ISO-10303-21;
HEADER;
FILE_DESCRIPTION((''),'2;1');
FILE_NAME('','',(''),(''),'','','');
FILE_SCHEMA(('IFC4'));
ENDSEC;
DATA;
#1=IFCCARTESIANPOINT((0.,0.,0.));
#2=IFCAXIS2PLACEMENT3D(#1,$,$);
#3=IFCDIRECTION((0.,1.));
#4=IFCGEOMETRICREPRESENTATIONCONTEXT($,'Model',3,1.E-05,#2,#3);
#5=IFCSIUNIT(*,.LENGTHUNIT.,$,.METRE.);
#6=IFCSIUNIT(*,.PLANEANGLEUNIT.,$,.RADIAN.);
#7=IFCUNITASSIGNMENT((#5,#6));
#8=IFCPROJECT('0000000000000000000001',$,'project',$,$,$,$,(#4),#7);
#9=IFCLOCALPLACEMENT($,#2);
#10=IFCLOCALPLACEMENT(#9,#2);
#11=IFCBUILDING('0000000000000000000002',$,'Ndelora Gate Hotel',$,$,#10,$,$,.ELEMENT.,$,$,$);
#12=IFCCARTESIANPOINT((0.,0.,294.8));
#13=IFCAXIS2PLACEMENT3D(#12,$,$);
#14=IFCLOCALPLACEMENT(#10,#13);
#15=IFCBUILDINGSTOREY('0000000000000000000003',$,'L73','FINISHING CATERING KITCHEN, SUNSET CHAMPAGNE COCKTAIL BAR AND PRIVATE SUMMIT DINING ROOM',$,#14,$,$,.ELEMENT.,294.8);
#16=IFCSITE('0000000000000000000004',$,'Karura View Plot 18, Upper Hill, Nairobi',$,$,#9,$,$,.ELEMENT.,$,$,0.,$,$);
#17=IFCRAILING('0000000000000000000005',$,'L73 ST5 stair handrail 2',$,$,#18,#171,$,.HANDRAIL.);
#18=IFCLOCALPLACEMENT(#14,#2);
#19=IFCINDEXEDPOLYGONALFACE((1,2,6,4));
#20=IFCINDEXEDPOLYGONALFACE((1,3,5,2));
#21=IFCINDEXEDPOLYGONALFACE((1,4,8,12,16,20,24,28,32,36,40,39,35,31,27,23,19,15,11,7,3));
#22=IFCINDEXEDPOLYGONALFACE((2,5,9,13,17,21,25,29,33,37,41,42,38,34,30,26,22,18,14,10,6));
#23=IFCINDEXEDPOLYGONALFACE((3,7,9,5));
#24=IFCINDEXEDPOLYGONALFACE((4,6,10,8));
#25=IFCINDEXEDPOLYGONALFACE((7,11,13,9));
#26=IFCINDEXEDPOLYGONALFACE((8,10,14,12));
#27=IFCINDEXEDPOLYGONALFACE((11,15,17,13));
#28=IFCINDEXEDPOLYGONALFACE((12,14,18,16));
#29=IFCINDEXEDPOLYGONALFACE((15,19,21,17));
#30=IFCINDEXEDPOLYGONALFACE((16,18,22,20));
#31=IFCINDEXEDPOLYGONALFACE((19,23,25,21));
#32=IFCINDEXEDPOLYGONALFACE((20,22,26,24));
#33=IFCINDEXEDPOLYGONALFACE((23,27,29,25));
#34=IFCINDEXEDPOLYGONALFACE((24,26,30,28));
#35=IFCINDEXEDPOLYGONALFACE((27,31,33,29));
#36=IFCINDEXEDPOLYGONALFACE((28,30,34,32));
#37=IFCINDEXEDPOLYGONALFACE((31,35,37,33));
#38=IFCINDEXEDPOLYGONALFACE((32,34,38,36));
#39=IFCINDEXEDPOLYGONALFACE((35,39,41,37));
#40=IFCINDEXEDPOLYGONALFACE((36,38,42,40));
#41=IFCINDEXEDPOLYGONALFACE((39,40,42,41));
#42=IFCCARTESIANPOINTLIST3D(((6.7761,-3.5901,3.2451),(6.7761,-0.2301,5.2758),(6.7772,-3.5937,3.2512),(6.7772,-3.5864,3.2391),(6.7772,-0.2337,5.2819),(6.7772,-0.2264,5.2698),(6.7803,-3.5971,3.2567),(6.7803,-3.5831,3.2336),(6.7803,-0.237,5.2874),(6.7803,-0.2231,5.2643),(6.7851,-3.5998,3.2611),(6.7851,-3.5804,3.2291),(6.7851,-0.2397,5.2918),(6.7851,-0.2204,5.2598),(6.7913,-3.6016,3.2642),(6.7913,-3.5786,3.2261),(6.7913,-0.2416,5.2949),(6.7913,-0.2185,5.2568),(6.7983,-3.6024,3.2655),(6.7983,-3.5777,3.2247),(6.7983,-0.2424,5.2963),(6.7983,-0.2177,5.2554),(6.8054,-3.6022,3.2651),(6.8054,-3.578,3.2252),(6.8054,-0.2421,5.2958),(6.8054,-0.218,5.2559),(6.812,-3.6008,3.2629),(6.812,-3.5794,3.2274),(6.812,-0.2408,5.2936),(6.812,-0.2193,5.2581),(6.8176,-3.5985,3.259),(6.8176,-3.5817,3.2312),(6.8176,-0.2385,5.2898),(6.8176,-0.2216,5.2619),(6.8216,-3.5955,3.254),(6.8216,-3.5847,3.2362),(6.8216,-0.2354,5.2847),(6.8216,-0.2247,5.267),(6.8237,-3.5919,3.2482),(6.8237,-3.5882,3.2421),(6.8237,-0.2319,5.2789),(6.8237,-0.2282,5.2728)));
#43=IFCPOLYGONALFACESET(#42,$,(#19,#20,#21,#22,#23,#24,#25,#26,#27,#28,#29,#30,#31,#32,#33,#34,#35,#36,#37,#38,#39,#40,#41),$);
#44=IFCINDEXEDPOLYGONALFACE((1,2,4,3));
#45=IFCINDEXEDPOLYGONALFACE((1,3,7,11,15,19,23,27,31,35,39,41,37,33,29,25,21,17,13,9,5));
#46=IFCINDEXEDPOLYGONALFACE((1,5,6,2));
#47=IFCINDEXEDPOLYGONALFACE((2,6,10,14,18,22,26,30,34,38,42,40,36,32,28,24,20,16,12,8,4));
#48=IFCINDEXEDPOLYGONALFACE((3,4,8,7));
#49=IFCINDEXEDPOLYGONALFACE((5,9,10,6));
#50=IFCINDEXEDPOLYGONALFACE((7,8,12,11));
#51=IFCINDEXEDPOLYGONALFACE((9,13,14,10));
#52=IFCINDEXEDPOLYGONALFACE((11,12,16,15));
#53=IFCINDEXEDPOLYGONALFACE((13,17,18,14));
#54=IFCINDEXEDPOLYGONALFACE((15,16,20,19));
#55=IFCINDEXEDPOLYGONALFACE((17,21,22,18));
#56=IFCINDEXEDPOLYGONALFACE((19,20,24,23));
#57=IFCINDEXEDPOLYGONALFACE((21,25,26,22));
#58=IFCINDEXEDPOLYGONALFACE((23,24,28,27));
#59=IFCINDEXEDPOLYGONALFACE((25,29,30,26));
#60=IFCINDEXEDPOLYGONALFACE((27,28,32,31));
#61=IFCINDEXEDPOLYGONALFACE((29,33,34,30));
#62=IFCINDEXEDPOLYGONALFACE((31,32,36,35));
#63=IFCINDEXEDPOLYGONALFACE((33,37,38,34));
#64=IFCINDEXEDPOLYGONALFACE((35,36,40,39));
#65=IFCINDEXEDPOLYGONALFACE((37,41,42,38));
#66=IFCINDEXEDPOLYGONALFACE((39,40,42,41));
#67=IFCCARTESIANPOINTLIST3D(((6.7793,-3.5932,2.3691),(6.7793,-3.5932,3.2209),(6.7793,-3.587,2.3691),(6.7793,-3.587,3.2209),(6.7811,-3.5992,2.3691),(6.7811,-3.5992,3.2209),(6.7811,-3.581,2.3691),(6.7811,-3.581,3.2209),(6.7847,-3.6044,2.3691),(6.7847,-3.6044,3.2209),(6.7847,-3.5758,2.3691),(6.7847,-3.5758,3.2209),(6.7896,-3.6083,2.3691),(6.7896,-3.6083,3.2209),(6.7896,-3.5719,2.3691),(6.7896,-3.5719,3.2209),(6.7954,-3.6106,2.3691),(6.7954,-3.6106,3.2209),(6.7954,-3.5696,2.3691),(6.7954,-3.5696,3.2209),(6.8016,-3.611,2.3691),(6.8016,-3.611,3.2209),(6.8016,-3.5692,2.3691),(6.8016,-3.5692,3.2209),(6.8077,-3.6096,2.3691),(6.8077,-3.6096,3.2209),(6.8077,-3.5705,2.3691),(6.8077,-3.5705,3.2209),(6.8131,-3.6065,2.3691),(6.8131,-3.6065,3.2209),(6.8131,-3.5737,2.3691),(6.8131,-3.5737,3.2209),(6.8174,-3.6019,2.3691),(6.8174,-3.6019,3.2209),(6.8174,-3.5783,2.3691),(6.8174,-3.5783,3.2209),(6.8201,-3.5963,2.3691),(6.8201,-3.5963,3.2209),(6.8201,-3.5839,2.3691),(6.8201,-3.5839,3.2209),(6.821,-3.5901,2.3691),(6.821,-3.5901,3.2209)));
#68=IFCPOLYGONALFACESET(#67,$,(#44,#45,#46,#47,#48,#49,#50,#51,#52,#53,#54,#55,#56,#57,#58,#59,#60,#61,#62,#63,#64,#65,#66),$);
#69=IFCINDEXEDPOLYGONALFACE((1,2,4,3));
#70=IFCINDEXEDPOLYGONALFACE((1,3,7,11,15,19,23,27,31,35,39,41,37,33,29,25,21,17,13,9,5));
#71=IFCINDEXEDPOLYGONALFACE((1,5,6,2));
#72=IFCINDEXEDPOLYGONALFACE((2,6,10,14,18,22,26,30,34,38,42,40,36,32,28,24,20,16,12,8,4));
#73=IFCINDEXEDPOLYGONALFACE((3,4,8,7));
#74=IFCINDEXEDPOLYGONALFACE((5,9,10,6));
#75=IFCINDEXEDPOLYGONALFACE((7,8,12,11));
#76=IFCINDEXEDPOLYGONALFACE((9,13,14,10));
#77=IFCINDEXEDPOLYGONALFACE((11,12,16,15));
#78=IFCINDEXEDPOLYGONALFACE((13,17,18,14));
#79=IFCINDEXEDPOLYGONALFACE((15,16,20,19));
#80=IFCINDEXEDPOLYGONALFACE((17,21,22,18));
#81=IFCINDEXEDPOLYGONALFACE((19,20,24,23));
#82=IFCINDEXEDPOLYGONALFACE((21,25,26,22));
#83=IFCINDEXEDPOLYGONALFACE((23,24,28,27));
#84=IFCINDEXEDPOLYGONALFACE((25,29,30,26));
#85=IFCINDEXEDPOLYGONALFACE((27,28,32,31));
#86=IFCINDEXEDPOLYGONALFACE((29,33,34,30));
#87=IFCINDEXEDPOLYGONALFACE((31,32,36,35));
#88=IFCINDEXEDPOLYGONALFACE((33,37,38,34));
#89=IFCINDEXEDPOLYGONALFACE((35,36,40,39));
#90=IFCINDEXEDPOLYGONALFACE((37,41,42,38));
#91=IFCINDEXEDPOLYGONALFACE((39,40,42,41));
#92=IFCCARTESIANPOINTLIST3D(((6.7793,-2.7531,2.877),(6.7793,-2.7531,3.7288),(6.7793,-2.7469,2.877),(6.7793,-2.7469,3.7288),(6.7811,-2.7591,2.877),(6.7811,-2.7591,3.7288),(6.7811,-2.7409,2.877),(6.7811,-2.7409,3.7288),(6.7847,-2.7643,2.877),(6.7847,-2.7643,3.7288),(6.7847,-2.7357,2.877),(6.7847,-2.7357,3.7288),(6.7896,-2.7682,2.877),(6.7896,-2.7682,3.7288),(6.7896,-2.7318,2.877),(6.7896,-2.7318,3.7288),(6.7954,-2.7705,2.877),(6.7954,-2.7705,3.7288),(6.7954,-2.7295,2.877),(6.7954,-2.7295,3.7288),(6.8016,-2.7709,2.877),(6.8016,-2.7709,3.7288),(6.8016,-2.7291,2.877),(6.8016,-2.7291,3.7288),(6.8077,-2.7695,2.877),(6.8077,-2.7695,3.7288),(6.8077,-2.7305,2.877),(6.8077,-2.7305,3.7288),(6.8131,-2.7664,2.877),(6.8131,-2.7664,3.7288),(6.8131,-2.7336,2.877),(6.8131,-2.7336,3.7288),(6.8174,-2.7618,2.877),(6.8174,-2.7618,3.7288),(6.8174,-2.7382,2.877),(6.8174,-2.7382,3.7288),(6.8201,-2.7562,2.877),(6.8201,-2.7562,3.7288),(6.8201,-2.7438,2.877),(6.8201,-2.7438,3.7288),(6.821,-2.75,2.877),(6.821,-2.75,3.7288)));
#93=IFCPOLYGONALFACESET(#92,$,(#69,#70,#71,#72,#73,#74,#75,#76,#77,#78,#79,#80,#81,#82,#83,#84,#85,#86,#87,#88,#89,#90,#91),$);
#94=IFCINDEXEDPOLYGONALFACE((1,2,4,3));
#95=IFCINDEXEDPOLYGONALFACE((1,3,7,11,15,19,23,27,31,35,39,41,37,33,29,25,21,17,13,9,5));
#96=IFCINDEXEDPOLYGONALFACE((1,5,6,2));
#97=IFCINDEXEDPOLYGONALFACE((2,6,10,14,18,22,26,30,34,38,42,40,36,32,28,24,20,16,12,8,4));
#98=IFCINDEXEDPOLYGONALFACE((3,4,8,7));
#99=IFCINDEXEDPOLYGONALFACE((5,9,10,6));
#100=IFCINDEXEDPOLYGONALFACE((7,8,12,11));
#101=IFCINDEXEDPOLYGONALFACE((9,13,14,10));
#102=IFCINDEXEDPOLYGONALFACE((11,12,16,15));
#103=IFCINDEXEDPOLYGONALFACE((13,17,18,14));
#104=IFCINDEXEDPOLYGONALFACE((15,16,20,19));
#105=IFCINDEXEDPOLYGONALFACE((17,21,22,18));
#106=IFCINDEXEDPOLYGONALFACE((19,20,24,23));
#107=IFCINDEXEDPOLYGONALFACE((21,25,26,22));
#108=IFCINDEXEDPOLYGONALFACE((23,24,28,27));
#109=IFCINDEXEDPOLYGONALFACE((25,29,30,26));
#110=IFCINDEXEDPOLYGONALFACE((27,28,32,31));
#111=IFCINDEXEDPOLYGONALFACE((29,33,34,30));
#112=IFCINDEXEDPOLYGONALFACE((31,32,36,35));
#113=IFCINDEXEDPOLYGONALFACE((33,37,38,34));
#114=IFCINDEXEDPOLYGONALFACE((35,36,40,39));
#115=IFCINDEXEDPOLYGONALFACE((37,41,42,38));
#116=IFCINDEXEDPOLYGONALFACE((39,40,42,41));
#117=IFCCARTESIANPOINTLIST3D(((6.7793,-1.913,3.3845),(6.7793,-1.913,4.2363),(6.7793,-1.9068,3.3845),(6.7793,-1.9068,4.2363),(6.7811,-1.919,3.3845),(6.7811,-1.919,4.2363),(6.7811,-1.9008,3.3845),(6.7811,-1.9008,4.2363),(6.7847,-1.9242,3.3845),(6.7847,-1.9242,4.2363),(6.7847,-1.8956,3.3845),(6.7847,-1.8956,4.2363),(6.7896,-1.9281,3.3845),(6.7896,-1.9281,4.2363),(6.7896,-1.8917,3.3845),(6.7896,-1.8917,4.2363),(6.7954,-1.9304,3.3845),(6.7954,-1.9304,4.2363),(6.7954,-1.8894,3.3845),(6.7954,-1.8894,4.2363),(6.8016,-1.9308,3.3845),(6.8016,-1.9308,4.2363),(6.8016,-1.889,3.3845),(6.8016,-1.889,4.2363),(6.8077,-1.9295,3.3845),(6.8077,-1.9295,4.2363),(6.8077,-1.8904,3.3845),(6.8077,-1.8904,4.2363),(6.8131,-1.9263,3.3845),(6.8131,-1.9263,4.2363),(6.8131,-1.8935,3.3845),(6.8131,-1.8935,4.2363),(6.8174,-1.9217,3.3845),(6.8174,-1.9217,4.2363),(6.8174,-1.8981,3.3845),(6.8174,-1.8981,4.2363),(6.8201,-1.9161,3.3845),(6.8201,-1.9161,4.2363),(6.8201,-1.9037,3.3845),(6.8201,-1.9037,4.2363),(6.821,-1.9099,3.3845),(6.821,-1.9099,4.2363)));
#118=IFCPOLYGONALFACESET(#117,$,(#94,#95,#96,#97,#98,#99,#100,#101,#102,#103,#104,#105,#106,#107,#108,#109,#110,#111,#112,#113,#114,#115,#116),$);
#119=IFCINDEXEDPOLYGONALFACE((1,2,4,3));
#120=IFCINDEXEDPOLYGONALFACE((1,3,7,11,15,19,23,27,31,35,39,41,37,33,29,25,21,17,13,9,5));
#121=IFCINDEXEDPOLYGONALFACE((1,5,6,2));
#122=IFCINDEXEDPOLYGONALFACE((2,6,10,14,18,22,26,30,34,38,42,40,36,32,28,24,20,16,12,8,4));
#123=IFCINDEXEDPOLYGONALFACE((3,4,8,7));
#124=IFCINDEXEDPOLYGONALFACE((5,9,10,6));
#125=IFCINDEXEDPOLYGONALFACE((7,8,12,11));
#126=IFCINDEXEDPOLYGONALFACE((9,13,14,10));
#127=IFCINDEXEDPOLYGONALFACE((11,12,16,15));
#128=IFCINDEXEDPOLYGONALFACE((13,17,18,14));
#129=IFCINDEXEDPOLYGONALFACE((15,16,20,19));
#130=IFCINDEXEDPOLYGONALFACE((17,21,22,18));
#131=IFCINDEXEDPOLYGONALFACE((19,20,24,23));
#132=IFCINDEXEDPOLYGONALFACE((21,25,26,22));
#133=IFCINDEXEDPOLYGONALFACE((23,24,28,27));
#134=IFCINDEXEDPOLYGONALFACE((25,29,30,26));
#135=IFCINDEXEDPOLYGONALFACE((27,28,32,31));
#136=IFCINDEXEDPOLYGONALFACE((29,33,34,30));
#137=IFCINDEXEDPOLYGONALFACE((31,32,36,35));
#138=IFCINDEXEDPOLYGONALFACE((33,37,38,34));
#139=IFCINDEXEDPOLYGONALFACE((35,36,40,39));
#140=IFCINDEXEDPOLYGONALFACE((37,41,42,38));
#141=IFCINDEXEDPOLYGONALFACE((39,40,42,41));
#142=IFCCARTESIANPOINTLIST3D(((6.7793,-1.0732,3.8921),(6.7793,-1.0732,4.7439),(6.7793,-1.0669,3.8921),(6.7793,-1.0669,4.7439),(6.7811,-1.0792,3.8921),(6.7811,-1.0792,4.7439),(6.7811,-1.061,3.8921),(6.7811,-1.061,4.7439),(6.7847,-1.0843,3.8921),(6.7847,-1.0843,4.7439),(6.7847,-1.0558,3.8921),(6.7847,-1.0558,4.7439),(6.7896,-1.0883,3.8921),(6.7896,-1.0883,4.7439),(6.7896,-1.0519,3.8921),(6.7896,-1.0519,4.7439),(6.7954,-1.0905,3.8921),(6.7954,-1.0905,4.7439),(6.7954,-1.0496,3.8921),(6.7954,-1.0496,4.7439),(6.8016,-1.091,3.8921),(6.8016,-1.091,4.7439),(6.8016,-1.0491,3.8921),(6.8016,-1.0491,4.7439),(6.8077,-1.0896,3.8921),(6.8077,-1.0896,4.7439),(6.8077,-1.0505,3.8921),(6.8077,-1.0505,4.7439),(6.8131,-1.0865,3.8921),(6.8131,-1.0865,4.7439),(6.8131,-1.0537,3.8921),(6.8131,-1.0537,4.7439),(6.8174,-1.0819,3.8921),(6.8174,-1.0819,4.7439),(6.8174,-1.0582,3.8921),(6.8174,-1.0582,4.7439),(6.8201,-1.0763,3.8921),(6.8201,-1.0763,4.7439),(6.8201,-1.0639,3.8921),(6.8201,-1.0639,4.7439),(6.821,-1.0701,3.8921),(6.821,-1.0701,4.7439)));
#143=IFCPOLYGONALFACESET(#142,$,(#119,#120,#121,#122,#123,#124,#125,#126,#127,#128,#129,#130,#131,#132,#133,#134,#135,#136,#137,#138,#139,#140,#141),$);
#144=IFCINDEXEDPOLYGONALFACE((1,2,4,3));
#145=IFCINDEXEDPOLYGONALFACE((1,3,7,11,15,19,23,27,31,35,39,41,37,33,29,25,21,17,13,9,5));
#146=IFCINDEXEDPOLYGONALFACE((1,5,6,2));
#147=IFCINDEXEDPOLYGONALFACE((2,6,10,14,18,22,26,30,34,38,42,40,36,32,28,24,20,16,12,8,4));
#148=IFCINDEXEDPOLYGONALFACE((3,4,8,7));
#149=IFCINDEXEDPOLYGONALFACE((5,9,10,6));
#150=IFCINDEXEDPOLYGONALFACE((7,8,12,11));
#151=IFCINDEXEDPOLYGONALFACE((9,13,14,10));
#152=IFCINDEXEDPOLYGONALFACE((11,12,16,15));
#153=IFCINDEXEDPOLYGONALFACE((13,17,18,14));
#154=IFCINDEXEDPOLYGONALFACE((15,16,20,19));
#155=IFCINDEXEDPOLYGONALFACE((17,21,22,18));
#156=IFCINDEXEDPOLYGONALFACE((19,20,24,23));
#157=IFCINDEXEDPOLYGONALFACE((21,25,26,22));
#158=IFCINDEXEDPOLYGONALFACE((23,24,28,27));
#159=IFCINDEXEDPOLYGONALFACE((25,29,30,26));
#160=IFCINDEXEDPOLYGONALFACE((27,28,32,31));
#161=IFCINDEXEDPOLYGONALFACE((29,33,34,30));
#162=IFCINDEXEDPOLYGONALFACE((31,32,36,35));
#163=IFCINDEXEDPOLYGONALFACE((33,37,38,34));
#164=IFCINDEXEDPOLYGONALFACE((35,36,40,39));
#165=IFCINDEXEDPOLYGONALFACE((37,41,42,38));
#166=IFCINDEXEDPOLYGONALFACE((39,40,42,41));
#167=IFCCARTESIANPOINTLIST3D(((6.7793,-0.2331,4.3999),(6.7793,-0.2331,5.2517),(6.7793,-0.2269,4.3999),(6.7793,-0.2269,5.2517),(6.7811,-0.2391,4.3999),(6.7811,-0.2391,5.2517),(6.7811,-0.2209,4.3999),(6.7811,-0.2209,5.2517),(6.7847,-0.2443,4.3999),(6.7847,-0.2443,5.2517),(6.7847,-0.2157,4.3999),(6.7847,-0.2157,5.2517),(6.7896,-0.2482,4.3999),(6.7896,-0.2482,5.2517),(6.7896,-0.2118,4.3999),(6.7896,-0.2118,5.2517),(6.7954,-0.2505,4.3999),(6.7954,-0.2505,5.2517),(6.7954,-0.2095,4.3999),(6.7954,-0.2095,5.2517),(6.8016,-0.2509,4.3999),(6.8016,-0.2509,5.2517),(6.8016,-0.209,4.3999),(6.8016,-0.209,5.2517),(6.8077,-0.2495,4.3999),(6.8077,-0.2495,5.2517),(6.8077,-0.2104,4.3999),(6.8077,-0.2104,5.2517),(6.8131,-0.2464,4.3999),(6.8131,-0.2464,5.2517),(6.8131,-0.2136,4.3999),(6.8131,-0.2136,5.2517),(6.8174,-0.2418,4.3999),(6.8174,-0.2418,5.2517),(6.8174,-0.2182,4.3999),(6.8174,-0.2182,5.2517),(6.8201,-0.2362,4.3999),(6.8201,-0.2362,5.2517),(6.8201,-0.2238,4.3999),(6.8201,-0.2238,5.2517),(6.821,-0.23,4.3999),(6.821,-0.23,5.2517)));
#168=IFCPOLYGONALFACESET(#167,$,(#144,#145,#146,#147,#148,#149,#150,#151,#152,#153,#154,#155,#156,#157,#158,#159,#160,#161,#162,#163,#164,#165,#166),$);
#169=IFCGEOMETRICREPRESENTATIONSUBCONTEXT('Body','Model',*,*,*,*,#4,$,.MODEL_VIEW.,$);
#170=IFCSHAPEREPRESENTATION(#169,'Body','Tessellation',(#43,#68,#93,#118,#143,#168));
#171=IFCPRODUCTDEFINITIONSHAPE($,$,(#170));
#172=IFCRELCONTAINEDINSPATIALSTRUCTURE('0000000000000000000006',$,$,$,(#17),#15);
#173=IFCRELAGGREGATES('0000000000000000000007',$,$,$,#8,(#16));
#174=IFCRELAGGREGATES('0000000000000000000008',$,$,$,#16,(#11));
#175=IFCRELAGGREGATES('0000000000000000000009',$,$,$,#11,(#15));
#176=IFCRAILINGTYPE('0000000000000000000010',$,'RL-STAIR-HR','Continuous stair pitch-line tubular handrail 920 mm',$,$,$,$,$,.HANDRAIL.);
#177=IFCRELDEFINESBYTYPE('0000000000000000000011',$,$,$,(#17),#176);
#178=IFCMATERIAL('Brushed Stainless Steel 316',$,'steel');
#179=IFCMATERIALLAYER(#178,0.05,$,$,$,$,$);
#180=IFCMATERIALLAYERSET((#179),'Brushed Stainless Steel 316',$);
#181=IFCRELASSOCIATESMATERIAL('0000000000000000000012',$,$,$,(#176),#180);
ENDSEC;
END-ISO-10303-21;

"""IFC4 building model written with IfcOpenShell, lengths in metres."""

from ifc_helpers import new_model, si_unit, direction, frame, origin, origin_2d, place, context, subcontext, project, spatial, circle, extrude, material, layer, layer_set, type_object, element, save


model = new_model("IFC4")

# Units and contexts
model_context = context("Model", 3, precision=1e-05, world=origin(), true_north=direction((0.0, 1.0)))
body_context = subcontext(model_context, "Body", "Model", "MODEL_VIEW")
ifc_project = project(units=[si_unit("LENGTHUNIT", "METRE"), si_unit("PLANEANGLEUNIT", "RADIAN")], contexts=[model_context])

# Site, building, storey
site_placement = place(None, origin())
site = spatial("IfcSite", under=ifc_project, at=site_placement, Name="Karura View Plot 18, Upper Hill, Nairobi", CompositionType="ELEMENT", RefElevation=0.0)
building_placement = place(site_placement, origin())
building = spatial("IfcBuilding", under=site, at=building_placement, Name="Ndelora Gate Hotel", CompositionType="ELEMENT")
storey_placement = place(building_placement, frame((0.0, 0.0, 294.8)))
storey = spatial("IfcBuildingStorey", under=building, at=storey_placement, Name="L73", Description="FINISHING CATERING KITCHEN, SUNSET CHAMPAGNE COCKTAIL BAR AND PRIVATE SUMMIT DINING ROOM", CompositionType="ELEMENT", Elevation=294.8)

# Railing
ifc_material_1 = material(Name="Brushed Stainless Steel 316", Category="steel")
ifc_layer_1 = layer(ifc_material_1, 0.05)
ifc_layer_set_1 = layer_set([ifc_layer_1], Name="Brushed Stainless Steel 316")
railing_type_1 = type_object("IfcRailingType", Name="RL-STAIR-HR", Description="Continuous stair pitch-line tubular handrail 920 mm", PredefinedType="HANDRAIL", material=ifc_layer_set_1)
railing_1_placement = place(storey_placement, frame((6.8, -3.5901, 2.3691)))
element("IfcRailing", 1, at=railing_1_placement, inside=storey, type_object=railing_type_1, Name="L73 ST5 stair handrail 2", PredefinedType="HANDRAIL", context=body_context, shape_type="SweptSolid", body=[
    extrude(circle(Radius=0.0239, at=origin_2d()), frame((0.0, 0.0, 0.876), z_axis=(0.0, 0.855837, 0.517246), x_axis=(-1.0, 0.0, 0.0)), (0.0, 0.0, 1.0), 3.926),
    extrude(circle(Radius=0.021, at=origin_2d()), origin(), (0.0, 0.0, 1.0), 0.8518),
    extrude(circle(Radius=0.021, at=origin_2d()), frame((0.0, 0.8401, 0.5078)), (0.0, 0.0, 1.0), 0.8518),
    extrude(circle(Radius=0.021, at=origin_2d()), frame((0.0, 1.6802, 1.0154)), (0.0, 0.0, 1.0), 0.8518),
    extrude(circle(Radius=0.021, at=origin_2d()), frame((0.0, 2.52, 1.5229)), (0.0, 0.0, 1.0), 0.8518),
    extrude(circle(Radius=0.021, at=origin_2d()), frame((0.0, 3.3601, 2.0308)), (0.0, 0.0, 1.0), 0.8518),
])

save(model, "model.ifc")
